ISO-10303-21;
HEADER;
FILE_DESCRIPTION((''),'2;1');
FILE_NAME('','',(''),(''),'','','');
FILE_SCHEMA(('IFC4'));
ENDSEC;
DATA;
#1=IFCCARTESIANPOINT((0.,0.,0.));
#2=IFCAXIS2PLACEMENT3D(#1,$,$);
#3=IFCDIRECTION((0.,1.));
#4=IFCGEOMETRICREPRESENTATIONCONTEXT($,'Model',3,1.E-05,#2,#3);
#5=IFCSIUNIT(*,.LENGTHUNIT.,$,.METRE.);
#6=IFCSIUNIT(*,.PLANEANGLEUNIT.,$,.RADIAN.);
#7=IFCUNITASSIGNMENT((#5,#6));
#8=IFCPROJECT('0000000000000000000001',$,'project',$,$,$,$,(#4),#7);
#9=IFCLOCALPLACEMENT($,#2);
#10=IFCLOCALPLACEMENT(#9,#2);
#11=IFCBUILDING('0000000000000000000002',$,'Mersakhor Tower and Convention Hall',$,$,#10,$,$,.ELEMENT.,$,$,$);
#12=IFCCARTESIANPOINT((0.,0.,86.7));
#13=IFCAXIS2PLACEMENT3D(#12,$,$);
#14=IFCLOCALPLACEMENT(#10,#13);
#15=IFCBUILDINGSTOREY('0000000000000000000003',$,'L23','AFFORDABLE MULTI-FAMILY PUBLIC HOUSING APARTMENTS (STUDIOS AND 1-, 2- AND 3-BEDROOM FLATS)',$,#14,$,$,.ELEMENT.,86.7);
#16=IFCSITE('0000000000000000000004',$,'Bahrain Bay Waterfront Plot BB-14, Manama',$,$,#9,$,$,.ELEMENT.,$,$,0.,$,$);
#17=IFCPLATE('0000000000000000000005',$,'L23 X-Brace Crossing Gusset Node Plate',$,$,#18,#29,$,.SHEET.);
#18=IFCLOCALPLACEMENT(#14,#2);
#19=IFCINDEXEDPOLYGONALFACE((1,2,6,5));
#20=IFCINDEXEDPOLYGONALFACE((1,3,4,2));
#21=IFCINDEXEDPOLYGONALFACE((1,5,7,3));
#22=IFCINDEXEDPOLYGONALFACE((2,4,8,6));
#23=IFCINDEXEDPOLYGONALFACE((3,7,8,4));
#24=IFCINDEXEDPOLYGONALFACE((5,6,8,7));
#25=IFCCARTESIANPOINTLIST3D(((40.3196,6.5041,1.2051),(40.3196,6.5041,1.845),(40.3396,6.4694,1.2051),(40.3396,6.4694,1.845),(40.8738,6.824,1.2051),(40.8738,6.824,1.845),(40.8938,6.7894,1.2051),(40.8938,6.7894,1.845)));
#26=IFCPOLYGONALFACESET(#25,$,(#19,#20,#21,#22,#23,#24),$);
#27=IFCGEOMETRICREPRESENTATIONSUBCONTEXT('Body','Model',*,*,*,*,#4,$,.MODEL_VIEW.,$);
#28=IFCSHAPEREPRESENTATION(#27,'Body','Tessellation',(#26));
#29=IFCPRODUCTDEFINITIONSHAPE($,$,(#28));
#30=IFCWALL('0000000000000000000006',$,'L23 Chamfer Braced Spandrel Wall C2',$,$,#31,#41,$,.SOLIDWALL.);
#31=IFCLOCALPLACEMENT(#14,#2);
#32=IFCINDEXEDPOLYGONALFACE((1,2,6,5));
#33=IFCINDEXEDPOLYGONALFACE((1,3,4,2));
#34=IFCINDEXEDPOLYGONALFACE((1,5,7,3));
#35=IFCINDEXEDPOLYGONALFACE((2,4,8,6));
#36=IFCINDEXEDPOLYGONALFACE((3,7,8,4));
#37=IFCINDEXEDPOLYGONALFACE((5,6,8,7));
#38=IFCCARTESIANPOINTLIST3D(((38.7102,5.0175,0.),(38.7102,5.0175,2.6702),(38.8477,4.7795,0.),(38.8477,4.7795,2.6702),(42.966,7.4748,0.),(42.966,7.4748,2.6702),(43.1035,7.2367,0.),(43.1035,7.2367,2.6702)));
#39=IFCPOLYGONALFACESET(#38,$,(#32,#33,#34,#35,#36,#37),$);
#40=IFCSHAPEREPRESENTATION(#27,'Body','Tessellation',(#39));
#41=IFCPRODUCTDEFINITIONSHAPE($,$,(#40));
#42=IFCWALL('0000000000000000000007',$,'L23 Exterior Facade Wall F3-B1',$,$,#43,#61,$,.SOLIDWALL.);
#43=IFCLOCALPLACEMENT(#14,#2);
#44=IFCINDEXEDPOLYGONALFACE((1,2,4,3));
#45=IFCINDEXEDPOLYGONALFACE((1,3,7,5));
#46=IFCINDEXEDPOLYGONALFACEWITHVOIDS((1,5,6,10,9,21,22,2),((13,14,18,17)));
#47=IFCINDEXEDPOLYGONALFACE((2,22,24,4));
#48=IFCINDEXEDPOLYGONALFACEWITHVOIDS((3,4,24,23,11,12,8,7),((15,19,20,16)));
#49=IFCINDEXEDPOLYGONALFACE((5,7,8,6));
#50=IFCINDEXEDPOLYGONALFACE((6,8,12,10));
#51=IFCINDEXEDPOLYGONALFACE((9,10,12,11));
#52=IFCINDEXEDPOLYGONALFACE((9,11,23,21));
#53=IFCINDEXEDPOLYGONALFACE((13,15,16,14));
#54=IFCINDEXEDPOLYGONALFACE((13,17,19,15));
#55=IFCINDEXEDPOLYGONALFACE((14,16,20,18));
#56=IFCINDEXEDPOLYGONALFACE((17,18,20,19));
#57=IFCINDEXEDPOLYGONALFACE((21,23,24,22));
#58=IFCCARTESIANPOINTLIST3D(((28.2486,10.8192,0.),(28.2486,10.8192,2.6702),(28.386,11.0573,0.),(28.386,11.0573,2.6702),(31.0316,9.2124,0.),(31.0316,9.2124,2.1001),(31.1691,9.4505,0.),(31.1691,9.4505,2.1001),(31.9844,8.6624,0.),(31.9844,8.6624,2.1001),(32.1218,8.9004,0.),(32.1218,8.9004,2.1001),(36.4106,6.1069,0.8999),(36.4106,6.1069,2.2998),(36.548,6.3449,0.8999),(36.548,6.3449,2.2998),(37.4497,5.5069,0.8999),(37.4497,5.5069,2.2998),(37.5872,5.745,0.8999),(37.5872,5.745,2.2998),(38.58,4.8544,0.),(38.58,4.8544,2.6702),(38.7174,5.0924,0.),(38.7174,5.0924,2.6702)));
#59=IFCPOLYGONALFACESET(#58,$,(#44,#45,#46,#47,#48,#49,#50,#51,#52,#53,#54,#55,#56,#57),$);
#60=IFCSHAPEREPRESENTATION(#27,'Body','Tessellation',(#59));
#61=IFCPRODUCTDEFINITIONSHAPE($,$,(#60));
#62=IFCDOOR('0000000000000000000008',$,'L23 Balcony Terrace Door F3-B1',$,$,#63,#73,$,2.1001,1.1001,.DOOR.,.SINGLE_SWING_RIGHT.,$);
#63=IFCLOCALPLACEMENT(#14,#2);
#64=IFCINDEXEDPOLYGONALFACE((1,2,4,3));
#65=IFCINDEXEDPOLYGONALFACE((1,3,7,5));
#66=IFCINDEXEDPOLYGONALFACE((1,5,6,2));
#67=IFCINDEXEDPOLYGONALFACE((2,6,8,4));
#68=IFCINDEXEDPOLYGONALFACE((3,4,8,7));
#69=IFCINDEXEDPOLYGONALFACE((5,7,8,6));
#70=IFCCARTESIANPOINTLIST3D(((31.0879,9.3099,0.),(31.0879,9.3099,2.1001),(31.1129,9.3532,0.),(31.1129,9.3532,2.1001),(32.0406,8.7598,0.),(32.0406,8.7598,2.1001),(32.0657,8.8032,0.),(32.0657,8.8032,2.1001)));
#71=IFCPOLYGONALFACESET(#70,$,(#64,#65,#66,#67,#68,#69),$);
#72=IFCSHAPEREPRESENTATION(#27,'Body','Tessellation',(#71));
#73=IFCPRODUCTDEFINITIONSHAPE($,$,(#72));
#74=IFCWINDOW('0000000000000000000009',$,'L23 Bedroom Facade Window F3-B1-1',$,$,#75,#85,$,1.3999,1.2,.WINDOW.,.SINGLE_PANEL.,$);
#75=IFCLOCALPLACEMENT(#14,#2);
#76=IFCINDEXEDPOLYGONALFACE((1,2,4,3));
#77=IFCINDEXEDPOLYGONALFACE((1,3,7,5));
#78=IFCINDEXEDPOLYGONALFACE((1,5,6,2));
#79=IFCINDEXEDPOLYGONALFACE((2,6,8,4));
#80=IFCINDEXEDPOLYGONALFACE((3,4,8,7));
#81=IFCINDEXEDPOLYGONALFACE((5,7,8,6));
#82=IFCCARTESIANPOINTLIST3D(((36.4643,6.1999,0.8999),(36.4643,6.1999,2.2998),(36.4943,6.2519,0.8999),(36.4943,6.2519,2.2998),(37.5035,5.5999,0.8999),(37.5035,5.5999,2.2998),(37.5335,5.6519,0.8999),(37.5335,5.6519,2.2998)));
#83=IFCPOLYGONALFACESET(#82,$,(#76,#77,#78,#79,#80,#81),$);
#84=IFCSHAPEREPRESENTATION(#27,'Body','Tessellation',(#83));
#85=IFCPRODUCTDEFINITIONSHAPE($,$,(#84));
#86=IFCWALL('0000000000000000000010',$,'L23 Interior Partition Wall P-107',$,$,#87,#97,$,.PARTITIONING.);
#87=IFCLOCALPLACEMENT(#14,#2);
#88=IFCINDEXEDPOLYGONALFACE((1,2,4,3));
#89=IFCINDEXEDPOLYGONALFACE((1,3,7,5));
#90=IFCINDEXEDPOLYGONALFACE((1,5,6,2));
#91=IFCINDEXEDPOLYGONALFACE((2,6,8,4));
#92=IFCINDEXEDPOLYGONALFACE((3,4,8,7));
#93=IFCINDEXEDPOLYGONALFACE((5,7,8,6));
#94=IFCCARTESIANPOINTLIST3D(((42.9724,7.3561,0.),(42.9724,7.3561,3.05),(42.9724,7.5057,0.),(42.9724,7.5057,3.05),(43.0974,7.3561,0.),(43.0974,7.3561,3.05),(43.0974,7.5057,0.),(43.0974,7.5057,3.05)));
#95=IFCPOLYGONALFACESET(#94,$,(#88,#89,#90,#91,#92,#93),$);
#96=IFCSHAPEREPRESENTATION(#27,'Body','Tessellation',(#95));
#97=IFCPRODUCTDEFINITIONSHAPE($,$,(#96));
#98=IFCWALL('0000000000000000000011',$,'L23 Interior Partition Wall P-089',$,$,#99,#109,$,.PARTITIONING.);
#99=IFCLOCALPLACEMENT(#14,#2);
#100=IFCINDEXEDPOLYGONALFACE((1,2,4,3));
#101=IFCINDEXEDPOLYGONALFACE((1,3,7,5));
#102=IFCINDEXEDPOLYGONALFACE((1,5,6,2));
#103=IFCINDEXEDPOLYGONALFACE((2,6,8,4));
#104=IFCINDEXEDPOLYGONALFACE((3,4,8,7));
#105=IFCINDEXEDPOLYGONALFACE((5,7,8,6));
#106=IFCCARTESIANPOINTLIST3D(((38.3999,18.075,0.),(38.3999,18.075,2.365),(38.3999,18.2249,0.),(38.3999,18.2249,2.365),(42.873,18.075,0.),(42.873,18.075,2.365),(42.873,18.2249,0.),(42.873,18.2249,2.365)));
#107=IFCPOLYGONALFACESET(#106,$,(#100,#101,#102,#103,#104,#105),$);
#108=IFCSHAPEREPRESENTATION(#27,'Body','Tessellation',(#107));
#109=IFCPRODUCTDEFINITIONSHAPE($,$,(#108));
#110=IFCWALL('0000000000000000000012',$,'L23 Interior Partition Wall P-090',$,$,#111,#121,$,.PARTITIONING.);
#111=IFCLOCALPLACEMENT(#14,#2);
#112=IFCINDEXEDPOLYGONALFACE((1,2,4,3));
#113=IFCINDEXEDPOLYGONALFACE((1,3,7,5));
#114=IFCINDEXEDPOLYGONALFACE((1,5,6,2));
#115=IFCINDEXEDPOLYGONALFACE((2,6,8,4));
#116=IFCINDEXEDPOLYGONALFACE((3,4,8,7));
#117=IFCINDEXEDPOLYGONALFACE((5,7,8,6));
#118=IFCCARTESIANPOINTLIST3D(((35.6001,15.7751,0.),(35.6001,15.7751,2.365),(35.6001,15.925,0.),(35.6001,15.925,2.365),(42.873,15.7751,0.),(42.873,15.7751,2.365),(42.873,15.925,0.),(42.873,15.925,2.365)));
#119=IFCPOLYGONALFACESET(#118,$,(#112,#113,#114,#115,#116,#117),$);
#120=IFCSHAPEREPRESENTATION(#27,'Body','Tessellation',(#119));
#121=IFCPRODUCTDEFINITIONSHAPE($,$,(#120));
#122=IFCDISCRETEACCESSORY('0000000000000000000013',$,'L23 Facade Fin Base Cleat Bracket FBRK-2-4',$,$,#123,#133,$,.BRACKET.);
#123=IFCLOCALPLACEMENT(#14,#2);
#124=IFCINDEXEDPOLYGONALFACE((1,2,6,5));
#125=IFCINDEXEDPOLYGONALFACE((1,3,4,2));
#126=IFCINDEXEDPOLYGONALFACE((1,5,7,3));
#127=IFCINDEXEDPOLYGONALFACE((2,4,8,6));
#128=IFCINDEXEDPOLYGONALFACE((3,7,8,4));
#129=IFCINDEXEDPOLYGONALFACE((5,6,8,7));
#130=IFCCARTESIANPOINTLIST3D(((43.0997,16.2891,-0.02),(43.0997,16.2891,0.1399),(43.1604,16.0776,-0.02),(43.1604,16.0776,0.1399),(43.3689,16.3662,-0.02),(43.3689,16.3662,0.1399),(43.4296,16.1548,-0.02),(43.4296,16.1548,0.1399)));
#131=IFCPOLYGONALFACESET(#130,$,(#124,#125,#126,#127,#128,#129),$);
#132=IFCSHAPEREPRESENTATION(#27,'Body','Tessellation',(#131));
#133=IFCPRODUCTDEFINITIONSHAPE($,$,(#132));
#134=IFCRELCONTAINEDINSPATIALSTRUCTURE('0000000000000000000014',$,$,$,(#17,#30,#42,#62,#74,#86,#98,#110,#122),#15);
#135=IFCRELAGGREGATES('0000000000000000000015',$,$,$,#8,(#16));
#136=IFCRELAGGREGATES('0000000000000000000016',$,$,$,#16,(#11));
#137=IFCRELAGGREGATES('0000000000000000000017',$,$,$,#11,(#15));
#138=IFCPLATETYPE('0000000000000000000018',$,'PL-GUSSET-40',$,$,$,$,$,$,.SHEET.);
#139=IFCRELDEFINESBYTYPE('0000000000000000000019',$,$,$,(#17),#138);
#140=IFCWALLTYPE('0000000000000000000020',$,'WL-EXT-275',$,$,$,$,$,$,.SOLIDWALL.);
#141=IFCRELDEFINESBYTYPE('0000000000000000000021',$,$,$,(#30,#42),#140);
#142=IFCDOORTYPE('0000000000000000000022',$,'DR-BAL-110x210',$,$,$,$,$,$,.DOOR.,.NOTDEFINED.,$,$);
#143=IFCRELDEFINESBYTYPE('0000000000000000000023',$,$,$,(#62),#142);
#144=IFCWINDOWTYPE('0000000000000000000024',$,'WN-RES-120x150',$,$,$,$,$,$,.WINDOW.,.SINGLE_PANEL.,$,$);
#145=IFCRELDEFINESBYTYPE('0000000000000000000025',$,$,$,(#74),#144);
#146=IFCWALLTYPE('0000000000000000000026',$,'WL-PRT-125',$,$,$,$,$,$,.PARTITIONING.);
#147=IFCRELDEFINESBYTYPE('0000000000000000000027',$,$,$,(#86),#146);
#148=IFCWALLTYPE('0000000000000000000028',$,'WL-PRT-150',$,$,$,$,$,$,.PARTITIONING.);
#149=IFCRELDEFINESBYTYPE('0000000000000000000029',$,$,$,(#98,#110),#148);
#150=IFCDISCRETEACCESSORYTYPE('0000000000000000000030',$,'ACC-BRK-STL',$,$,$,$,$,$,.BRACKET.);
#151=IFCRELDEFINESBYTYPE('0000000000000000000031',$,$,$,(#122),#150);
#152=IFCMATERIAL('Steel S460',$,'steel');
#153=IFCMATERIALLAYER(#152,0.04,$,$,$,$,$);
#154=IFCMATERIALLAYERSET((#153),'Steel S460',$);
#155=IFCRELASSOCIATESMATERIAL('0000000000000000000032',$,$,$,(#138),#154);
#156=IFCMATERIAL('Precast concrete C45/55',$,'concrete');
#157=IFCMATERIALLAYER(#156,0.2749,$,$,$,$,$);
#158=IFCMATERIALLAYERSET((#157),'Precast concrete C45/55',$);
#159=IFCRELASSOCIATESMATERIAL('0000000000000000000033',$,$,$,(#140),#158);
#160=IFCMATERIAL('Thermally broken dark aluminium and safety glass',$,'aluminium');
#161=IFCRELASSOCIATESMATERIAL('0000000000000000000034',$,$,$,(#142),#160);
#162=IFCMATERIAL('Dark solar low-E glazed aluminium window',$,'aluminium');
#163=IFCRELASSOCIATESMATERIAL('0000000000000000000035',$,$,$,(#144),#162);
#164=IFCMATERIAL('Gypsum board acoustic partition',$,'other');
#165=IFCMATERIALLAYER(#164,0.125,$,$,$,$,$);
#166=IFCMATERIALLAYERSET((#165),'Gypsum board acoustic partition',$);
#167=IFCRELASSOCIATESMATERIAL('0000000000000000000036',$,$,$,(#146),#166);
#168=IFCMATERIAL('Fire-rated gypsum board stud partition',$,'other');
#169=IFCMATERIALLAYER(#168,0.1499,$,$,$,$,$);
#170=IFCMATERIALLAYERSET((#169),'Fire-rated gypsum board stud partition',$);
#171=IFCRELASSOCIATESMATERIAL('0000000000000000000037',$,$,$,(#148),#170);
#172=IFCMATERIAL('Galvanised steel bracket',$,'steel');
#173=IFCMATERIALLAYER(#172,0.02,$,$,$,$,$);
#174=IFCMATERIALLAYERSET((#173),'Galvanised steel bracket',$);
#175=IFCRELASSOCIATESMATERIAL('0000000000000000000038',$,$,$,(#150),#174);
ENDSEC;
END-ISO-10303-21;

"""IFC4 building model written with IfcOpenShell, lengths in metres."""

from ifc_helpers import new_model, si_unit, direction, frame, frame_2d, origin, origin_2d, place, context, subcontext, project, spatial, rectangle, extrude, material, layer, layer_set, type_object, element, fill, save


model = new_model("IFC4")

# Units and contexts
model_context = context("Model", 3, precision=1e-05, world=origin(), true_north=direction((0.0, 1.0)))
body_context = subcontext(model_context, "Body", "Model", "MODEL_VIEW")
ifc_project = project(units=[si_unit("LENGTHUNIT", "METRE"), si_unit("PLANEANGLEUNIT", "RADIAN")], contexts=[model_context])

# Site, building, storey
site_placement = place(None, origin())
site = spatial("IfcSite", under=ifc_project, at=site_placement, Name="Bahrain Bay Waterfront Plot BB-14, Manama", CompositionType="ELEMENT", RefElevation=0.0)
building_placement = place(site_placement, origin())
building = spatial("IfcBuilding", under=site, at=building_placement, Name="Mersakhor Tower and Convention Hall", CompositionType="ELEMENT")
storey_placement = place(building_placement, frame((0.0, 0.0, 86.7)))
storey = spatial("IfcBuildingStorey", under=building, at=storey_placement, Name="L23", Description="AFFORDABLE MULTI-FAMILY PUBLIC HOUSING APARTMENTS (STUDIOS AND 1-, 2- AND 3-BEDROOM FLATS)", CompositionType="ELEMENT", Elevation=86.7)

# Plate
ifc_material_1 = material(Name="Steel S460", Category="steel")
ifc_layer_1 = layer(ifc_material_1, 0.04)
ifc_layer_set_1 = layer_set([ifc_layer_1], Name="Steel S460")
plate_type_1 = type_object("IfcPlateType", Name="PL-GUSSET-40", PredefinedType="SHEET", material=ifc_layer_set_1)
plate_1_placement = place(storey_placement, frame((40.6067, 6.6467, 1.2051), z_axis=(0.0, 0.0, 1.0), x_axis=(0.866025, 0.5, 0.0)))
element("IfcPlate", 1, at=plate_1_placement, inside=storey, type_object=plate_type_1, Name="L23 X-Brace Crossing Gusset Node Plate", PredefinedType="SHEET", context=body_context, shape_type="SweptSolid", body=[
    extrude(rectangle(XDim=0.6399, YDim=0.04, at=origin_2d()), origin(), (0.0, 0.0, 1.0), 0.6399),
])

# Wall
ifc_material_2 = material(Name="Precast concrete C45/55", Category="concrete")
ifc_layer_2 = layer(ifc_material_2, 0.2749)
ifc_layer_set_2 = layer_set([ifc_layer_2], Name="Precast concrete C45/55")
wall_type_1 = type_object("IfcWallType", Name="WL-EXT-275", PredefinedType="SOLIDWALL", material=ifc_layer_set_2)
wall_1_placement = place(storey_placement, frame((43.0347, 7.3557, 0.0), z_axis=(0.0, 0.0, 1.0), x_axis=(-0.866012, -0.500023, 0.0)))
element("IfcWall", 2, at=wall_1_placement, inside=storey, type_object=wall_type_1, Name="L23 Chamfer Braced Spandrel Wall C2", PredefinedType="SOLIDWALL", context=body_context, shape_type="SweptSolid", body=[
    extrude(rectangle(XDim=4.9143, YDim=0.2749, at=frame_2d((2.457, 0.0))), origin(), (0.0, 0.0, 1.0), 2.6702),
])

# Wall, openings, door, window
wall_2_placement = place(storey_placement, frame((38.6487, 4.9734, 0.0), z_axis=(0.0, 0.0, 1.0), x_axis=(-0.866023, 0.500004, 0.0)))
wall_2 = element("IfcWall", 3, at=wall_2_placement, inside=storey, type_object=wall_type_1, Name="L23 Exterior Facade Wall F3-B1", PredefinedType="SOLIDWALL", context=body_context, shape_type="SweptSolid", body=[
    extrude(rectangle(XDim=11.9297, YDim=0.2749, at=frame_2d((5.9648, 0.0))), origin(), (0.0, 0.0, 1.0), 2.6702),
])
opening_1_placement = place(wall_2_placement, frame((7.616, 0.0, 0.0)))
opening_1 = element("IfcOpeningElement", 4, at=opening_1_placement, cuts=wall_2, PredefinedType="OPENING", context=body_context, shape_type="SweptSolid", body=[
    extrude(rectangle(XDim=1.1001, YDim=2.1001, at=frame_2d((0.55, 1.05))), frame((0.0, 0.1475, 0.0), z_axis=(0.0, -1.0, 0.0), x_axis=(1.0, 0.0, 0.0)), (0.0, 0.0, 1.0), 0.2949),
])
opening_2_placement = place(wall_2_placement, frame((1.3049, 0.0, 0.8999)))
opening_2 = element("IfcOpeningElement", 5, at=opening_2_placement, cuts=wall_2, PredefinedType="OPENING", context=body_context, shape_type="SweptSolid", body=[
    extrude(rectangle(XDim=1.2, YDim=1.3999, at=frame_2d((0.6001, 0.7))), frame((0.0, 0.1475, 0.0), z_axis=(0.0, -1.0, 0.0), x_axis=(1.0, 0.0, 0.0)), (0.0, 0.0, 1.0), 0.2949),
])
ifc_material_3 = material(Name="Thermally broken dark aluminium and safety glass", Category="aluminium")
door_type_1 = type_object("IfcDoorType", Name="DR-BAL-110x210", OperationType="NOTDEFINED", PredefinedType="DOOR", material=ifc_material_3)
door_1_placement = place(opening_1_placement, origin())
door_1 = element("IfcDoor", 6, at=door_1_placement, inside=storey, type_object=door_type_1, Name="L23 Balcony Terrace Door F3-B1", OperationType="SINGLE_SWING_RIGHT", OverallHeight=2.1001, OverallWidth=1.1001, PredefinedType="DOOR", context=body_context, shape_type="SweptSolid", body=[
    extrude(rectangle(XDim=1.1001, YDim=2.1001, at=frame_2d((0.55, 1.05))), frame((0.0, 0.0249, 0.0), z_axis=(0.0, -1.0, 0.0), x_axis=(1.0, 0.0, 0.0)), (0.0, 0.0, 1.0), 0.05),
])
fill(opening_1, door_1)
ifc_material_4 = material(Name="Dark solar low-E glazed aluminium window", Category="aluminium")
window_type = type_object("IfcWindowType", Name="WN-RES-120x150", PartitioningType="SINGLE_PANEL", PredefinedType="WINDOW", material=ifc_material_4)
window_placement = place(opening_2_placement, origin())
window = element("IfcWindow", 7, at=window_placement, inside=storey, type_object=window_type, Name="L23 Bedroom Facade Window F3-B1-1", OverallHeight=1.3999, OverallWidth=1.2, PartitioningType="SINGLE_PANEL", PredefinedType="WINDOW", context=body_context, shape_type="SweptSolid", body=[
    extrude(rectangle(XDim=1.2, YDim=1.3999, at=frame_2d((0.6001, 0.7))), frame((0.0, 0.03, 0.0), z_axis=(0.0, -1.0, 0.0), x_axis=(1.0, 0.0, 0.0)), (0.0, 0.0, 1.0), 0.0601),
])
fill(opening_2, window)

# Wall
ifc_material_5 = material(Name="Gypsum board acoustic partition", Category="other")
ifc_layer_3 = layer(ifc_material_5, 0.125)
ifc_layer_set_3 = layer_set([ifc_layer_3], Name="Gypsum board acoustic partition")
wall_type_2 = type_object("IfcWallType", Name="WL-PRT-125", PredefinedType="PARTITIONING", material=ifc_layer_set_3)
wall_3_placement = place(storey_placement, frame((43.0349, 7.5056, 0.0), z_axis=(0.0, 0.0, 1.0), x_axis=(0.0, -1.0, 0.0)))
element("IfcWall", 8, at=wall_3_placement, inside=storey, type_object=wall_type_2, Name="L23 Interior Partition Wall P-107", PredefinedType="PARTITIONING", context=body_context, shape_type="SweptSolid", body=[
    extrude(rectangle(XDim=0.1497, YDim=0.125, at=frame_2d((0.0747, 0.0))), origin(), (0.0, 0.0, 1.0), 3.05),
])

# Shared definitions
ifc_material_6 = material(Name="Fire-rated gypsum board stud partition", Category="other")
ifc_layer_4 = layer(ifc_material_6, 0.1499)
ifc_layer_set_4 = layer_set([ifc_layer_4], Name="Fire-rated gypsum board stud partition")
wall_type_3 = type_object("IfcWallType", Name="WL-PRT-150", PredefinedType="PARTITIONING", material=ifc_layer_set_4)

# Walls
wall_4_placement = place(storey_placement, frame((38.3999, 18.1499, 0.0), z_axis=(0.0, 0.0, 1.0), x_axis=(1.0, 0.0, 0.0)))
element("IfcWall", 9, at=wall_4_placement, inside=storey, type_object=wall_type_3, Name="L23 Interior Partition Wall P-089", PredefinedType="PARTITIONING", context=body_context, shape_type="SweptSolid", body=[
    extrude(rectangle(XDim=4.4731, YDim=0.1499, at=frame_2d((2.2366, 0.0))), origin(), (0.0, 0.0, 1.0), 2.365),
])
wall_5_placement = place(storey_placement, frame((42.873, 15.8501, 0.0), z_axis=(0.0, 0.0, 1.0), x_axis=(-1.0, 0.0, 0.0)))
element("IfcWall", 10, at=wall_5_placement, inside=storey, type_object=wall_type_3, Name="L23 Interior Partition Wall P-090", PredefinedType="PARTITIONING", context=body_context, shape_type="SweptSolid", body=[
    extrude(rectangle(XDim=7.2729, YDim=0.1499, at=frame_2d((3.6365, 0.0))), origin(), (0.0, 0.0, 1.0), 2.365),
])

# Discrete accessory
ifc_material_7 = material(Name="Galvanised steel bracket", Category="steel")
ifc_layer_5 = layer(ifc_material_7, 0.02)
ifc_layer_set_5 = layer_set([ifc_layer_5], Name="Galvanised steel bracket")
discrete_accessory_type = type_object("IfcDiscreteAccessoryType", Name="ACC-BRK-STL", PredefinedType="BRACKET", material=ifc_layer_set_5)
discrete_accessory_placement = place(storey_placement, frame((43.2646, 16.2219, -0.02), z_axis=(0.0, 0.0, 1.0), x_axis=(0.961262, 0.275637, 0.0)))
element("IfcDiscreteAccessory", 11, at=discrete_accessory_placement, inside=storey, type_object=discrete_accessory_type, Name="L23 Facade Fin Base Cleat Bracket FBRK-2-4", PredefinedType="BRACKET", context=body_context, shape_type="SweptSolid", body=[
    extrude(rectangle(XDim=0.28, YDim=0.22, at=origin_2d()), origin(), (0.0, 0.0, 1.0), 0.1599),
])

save(model, "model.ifc")
